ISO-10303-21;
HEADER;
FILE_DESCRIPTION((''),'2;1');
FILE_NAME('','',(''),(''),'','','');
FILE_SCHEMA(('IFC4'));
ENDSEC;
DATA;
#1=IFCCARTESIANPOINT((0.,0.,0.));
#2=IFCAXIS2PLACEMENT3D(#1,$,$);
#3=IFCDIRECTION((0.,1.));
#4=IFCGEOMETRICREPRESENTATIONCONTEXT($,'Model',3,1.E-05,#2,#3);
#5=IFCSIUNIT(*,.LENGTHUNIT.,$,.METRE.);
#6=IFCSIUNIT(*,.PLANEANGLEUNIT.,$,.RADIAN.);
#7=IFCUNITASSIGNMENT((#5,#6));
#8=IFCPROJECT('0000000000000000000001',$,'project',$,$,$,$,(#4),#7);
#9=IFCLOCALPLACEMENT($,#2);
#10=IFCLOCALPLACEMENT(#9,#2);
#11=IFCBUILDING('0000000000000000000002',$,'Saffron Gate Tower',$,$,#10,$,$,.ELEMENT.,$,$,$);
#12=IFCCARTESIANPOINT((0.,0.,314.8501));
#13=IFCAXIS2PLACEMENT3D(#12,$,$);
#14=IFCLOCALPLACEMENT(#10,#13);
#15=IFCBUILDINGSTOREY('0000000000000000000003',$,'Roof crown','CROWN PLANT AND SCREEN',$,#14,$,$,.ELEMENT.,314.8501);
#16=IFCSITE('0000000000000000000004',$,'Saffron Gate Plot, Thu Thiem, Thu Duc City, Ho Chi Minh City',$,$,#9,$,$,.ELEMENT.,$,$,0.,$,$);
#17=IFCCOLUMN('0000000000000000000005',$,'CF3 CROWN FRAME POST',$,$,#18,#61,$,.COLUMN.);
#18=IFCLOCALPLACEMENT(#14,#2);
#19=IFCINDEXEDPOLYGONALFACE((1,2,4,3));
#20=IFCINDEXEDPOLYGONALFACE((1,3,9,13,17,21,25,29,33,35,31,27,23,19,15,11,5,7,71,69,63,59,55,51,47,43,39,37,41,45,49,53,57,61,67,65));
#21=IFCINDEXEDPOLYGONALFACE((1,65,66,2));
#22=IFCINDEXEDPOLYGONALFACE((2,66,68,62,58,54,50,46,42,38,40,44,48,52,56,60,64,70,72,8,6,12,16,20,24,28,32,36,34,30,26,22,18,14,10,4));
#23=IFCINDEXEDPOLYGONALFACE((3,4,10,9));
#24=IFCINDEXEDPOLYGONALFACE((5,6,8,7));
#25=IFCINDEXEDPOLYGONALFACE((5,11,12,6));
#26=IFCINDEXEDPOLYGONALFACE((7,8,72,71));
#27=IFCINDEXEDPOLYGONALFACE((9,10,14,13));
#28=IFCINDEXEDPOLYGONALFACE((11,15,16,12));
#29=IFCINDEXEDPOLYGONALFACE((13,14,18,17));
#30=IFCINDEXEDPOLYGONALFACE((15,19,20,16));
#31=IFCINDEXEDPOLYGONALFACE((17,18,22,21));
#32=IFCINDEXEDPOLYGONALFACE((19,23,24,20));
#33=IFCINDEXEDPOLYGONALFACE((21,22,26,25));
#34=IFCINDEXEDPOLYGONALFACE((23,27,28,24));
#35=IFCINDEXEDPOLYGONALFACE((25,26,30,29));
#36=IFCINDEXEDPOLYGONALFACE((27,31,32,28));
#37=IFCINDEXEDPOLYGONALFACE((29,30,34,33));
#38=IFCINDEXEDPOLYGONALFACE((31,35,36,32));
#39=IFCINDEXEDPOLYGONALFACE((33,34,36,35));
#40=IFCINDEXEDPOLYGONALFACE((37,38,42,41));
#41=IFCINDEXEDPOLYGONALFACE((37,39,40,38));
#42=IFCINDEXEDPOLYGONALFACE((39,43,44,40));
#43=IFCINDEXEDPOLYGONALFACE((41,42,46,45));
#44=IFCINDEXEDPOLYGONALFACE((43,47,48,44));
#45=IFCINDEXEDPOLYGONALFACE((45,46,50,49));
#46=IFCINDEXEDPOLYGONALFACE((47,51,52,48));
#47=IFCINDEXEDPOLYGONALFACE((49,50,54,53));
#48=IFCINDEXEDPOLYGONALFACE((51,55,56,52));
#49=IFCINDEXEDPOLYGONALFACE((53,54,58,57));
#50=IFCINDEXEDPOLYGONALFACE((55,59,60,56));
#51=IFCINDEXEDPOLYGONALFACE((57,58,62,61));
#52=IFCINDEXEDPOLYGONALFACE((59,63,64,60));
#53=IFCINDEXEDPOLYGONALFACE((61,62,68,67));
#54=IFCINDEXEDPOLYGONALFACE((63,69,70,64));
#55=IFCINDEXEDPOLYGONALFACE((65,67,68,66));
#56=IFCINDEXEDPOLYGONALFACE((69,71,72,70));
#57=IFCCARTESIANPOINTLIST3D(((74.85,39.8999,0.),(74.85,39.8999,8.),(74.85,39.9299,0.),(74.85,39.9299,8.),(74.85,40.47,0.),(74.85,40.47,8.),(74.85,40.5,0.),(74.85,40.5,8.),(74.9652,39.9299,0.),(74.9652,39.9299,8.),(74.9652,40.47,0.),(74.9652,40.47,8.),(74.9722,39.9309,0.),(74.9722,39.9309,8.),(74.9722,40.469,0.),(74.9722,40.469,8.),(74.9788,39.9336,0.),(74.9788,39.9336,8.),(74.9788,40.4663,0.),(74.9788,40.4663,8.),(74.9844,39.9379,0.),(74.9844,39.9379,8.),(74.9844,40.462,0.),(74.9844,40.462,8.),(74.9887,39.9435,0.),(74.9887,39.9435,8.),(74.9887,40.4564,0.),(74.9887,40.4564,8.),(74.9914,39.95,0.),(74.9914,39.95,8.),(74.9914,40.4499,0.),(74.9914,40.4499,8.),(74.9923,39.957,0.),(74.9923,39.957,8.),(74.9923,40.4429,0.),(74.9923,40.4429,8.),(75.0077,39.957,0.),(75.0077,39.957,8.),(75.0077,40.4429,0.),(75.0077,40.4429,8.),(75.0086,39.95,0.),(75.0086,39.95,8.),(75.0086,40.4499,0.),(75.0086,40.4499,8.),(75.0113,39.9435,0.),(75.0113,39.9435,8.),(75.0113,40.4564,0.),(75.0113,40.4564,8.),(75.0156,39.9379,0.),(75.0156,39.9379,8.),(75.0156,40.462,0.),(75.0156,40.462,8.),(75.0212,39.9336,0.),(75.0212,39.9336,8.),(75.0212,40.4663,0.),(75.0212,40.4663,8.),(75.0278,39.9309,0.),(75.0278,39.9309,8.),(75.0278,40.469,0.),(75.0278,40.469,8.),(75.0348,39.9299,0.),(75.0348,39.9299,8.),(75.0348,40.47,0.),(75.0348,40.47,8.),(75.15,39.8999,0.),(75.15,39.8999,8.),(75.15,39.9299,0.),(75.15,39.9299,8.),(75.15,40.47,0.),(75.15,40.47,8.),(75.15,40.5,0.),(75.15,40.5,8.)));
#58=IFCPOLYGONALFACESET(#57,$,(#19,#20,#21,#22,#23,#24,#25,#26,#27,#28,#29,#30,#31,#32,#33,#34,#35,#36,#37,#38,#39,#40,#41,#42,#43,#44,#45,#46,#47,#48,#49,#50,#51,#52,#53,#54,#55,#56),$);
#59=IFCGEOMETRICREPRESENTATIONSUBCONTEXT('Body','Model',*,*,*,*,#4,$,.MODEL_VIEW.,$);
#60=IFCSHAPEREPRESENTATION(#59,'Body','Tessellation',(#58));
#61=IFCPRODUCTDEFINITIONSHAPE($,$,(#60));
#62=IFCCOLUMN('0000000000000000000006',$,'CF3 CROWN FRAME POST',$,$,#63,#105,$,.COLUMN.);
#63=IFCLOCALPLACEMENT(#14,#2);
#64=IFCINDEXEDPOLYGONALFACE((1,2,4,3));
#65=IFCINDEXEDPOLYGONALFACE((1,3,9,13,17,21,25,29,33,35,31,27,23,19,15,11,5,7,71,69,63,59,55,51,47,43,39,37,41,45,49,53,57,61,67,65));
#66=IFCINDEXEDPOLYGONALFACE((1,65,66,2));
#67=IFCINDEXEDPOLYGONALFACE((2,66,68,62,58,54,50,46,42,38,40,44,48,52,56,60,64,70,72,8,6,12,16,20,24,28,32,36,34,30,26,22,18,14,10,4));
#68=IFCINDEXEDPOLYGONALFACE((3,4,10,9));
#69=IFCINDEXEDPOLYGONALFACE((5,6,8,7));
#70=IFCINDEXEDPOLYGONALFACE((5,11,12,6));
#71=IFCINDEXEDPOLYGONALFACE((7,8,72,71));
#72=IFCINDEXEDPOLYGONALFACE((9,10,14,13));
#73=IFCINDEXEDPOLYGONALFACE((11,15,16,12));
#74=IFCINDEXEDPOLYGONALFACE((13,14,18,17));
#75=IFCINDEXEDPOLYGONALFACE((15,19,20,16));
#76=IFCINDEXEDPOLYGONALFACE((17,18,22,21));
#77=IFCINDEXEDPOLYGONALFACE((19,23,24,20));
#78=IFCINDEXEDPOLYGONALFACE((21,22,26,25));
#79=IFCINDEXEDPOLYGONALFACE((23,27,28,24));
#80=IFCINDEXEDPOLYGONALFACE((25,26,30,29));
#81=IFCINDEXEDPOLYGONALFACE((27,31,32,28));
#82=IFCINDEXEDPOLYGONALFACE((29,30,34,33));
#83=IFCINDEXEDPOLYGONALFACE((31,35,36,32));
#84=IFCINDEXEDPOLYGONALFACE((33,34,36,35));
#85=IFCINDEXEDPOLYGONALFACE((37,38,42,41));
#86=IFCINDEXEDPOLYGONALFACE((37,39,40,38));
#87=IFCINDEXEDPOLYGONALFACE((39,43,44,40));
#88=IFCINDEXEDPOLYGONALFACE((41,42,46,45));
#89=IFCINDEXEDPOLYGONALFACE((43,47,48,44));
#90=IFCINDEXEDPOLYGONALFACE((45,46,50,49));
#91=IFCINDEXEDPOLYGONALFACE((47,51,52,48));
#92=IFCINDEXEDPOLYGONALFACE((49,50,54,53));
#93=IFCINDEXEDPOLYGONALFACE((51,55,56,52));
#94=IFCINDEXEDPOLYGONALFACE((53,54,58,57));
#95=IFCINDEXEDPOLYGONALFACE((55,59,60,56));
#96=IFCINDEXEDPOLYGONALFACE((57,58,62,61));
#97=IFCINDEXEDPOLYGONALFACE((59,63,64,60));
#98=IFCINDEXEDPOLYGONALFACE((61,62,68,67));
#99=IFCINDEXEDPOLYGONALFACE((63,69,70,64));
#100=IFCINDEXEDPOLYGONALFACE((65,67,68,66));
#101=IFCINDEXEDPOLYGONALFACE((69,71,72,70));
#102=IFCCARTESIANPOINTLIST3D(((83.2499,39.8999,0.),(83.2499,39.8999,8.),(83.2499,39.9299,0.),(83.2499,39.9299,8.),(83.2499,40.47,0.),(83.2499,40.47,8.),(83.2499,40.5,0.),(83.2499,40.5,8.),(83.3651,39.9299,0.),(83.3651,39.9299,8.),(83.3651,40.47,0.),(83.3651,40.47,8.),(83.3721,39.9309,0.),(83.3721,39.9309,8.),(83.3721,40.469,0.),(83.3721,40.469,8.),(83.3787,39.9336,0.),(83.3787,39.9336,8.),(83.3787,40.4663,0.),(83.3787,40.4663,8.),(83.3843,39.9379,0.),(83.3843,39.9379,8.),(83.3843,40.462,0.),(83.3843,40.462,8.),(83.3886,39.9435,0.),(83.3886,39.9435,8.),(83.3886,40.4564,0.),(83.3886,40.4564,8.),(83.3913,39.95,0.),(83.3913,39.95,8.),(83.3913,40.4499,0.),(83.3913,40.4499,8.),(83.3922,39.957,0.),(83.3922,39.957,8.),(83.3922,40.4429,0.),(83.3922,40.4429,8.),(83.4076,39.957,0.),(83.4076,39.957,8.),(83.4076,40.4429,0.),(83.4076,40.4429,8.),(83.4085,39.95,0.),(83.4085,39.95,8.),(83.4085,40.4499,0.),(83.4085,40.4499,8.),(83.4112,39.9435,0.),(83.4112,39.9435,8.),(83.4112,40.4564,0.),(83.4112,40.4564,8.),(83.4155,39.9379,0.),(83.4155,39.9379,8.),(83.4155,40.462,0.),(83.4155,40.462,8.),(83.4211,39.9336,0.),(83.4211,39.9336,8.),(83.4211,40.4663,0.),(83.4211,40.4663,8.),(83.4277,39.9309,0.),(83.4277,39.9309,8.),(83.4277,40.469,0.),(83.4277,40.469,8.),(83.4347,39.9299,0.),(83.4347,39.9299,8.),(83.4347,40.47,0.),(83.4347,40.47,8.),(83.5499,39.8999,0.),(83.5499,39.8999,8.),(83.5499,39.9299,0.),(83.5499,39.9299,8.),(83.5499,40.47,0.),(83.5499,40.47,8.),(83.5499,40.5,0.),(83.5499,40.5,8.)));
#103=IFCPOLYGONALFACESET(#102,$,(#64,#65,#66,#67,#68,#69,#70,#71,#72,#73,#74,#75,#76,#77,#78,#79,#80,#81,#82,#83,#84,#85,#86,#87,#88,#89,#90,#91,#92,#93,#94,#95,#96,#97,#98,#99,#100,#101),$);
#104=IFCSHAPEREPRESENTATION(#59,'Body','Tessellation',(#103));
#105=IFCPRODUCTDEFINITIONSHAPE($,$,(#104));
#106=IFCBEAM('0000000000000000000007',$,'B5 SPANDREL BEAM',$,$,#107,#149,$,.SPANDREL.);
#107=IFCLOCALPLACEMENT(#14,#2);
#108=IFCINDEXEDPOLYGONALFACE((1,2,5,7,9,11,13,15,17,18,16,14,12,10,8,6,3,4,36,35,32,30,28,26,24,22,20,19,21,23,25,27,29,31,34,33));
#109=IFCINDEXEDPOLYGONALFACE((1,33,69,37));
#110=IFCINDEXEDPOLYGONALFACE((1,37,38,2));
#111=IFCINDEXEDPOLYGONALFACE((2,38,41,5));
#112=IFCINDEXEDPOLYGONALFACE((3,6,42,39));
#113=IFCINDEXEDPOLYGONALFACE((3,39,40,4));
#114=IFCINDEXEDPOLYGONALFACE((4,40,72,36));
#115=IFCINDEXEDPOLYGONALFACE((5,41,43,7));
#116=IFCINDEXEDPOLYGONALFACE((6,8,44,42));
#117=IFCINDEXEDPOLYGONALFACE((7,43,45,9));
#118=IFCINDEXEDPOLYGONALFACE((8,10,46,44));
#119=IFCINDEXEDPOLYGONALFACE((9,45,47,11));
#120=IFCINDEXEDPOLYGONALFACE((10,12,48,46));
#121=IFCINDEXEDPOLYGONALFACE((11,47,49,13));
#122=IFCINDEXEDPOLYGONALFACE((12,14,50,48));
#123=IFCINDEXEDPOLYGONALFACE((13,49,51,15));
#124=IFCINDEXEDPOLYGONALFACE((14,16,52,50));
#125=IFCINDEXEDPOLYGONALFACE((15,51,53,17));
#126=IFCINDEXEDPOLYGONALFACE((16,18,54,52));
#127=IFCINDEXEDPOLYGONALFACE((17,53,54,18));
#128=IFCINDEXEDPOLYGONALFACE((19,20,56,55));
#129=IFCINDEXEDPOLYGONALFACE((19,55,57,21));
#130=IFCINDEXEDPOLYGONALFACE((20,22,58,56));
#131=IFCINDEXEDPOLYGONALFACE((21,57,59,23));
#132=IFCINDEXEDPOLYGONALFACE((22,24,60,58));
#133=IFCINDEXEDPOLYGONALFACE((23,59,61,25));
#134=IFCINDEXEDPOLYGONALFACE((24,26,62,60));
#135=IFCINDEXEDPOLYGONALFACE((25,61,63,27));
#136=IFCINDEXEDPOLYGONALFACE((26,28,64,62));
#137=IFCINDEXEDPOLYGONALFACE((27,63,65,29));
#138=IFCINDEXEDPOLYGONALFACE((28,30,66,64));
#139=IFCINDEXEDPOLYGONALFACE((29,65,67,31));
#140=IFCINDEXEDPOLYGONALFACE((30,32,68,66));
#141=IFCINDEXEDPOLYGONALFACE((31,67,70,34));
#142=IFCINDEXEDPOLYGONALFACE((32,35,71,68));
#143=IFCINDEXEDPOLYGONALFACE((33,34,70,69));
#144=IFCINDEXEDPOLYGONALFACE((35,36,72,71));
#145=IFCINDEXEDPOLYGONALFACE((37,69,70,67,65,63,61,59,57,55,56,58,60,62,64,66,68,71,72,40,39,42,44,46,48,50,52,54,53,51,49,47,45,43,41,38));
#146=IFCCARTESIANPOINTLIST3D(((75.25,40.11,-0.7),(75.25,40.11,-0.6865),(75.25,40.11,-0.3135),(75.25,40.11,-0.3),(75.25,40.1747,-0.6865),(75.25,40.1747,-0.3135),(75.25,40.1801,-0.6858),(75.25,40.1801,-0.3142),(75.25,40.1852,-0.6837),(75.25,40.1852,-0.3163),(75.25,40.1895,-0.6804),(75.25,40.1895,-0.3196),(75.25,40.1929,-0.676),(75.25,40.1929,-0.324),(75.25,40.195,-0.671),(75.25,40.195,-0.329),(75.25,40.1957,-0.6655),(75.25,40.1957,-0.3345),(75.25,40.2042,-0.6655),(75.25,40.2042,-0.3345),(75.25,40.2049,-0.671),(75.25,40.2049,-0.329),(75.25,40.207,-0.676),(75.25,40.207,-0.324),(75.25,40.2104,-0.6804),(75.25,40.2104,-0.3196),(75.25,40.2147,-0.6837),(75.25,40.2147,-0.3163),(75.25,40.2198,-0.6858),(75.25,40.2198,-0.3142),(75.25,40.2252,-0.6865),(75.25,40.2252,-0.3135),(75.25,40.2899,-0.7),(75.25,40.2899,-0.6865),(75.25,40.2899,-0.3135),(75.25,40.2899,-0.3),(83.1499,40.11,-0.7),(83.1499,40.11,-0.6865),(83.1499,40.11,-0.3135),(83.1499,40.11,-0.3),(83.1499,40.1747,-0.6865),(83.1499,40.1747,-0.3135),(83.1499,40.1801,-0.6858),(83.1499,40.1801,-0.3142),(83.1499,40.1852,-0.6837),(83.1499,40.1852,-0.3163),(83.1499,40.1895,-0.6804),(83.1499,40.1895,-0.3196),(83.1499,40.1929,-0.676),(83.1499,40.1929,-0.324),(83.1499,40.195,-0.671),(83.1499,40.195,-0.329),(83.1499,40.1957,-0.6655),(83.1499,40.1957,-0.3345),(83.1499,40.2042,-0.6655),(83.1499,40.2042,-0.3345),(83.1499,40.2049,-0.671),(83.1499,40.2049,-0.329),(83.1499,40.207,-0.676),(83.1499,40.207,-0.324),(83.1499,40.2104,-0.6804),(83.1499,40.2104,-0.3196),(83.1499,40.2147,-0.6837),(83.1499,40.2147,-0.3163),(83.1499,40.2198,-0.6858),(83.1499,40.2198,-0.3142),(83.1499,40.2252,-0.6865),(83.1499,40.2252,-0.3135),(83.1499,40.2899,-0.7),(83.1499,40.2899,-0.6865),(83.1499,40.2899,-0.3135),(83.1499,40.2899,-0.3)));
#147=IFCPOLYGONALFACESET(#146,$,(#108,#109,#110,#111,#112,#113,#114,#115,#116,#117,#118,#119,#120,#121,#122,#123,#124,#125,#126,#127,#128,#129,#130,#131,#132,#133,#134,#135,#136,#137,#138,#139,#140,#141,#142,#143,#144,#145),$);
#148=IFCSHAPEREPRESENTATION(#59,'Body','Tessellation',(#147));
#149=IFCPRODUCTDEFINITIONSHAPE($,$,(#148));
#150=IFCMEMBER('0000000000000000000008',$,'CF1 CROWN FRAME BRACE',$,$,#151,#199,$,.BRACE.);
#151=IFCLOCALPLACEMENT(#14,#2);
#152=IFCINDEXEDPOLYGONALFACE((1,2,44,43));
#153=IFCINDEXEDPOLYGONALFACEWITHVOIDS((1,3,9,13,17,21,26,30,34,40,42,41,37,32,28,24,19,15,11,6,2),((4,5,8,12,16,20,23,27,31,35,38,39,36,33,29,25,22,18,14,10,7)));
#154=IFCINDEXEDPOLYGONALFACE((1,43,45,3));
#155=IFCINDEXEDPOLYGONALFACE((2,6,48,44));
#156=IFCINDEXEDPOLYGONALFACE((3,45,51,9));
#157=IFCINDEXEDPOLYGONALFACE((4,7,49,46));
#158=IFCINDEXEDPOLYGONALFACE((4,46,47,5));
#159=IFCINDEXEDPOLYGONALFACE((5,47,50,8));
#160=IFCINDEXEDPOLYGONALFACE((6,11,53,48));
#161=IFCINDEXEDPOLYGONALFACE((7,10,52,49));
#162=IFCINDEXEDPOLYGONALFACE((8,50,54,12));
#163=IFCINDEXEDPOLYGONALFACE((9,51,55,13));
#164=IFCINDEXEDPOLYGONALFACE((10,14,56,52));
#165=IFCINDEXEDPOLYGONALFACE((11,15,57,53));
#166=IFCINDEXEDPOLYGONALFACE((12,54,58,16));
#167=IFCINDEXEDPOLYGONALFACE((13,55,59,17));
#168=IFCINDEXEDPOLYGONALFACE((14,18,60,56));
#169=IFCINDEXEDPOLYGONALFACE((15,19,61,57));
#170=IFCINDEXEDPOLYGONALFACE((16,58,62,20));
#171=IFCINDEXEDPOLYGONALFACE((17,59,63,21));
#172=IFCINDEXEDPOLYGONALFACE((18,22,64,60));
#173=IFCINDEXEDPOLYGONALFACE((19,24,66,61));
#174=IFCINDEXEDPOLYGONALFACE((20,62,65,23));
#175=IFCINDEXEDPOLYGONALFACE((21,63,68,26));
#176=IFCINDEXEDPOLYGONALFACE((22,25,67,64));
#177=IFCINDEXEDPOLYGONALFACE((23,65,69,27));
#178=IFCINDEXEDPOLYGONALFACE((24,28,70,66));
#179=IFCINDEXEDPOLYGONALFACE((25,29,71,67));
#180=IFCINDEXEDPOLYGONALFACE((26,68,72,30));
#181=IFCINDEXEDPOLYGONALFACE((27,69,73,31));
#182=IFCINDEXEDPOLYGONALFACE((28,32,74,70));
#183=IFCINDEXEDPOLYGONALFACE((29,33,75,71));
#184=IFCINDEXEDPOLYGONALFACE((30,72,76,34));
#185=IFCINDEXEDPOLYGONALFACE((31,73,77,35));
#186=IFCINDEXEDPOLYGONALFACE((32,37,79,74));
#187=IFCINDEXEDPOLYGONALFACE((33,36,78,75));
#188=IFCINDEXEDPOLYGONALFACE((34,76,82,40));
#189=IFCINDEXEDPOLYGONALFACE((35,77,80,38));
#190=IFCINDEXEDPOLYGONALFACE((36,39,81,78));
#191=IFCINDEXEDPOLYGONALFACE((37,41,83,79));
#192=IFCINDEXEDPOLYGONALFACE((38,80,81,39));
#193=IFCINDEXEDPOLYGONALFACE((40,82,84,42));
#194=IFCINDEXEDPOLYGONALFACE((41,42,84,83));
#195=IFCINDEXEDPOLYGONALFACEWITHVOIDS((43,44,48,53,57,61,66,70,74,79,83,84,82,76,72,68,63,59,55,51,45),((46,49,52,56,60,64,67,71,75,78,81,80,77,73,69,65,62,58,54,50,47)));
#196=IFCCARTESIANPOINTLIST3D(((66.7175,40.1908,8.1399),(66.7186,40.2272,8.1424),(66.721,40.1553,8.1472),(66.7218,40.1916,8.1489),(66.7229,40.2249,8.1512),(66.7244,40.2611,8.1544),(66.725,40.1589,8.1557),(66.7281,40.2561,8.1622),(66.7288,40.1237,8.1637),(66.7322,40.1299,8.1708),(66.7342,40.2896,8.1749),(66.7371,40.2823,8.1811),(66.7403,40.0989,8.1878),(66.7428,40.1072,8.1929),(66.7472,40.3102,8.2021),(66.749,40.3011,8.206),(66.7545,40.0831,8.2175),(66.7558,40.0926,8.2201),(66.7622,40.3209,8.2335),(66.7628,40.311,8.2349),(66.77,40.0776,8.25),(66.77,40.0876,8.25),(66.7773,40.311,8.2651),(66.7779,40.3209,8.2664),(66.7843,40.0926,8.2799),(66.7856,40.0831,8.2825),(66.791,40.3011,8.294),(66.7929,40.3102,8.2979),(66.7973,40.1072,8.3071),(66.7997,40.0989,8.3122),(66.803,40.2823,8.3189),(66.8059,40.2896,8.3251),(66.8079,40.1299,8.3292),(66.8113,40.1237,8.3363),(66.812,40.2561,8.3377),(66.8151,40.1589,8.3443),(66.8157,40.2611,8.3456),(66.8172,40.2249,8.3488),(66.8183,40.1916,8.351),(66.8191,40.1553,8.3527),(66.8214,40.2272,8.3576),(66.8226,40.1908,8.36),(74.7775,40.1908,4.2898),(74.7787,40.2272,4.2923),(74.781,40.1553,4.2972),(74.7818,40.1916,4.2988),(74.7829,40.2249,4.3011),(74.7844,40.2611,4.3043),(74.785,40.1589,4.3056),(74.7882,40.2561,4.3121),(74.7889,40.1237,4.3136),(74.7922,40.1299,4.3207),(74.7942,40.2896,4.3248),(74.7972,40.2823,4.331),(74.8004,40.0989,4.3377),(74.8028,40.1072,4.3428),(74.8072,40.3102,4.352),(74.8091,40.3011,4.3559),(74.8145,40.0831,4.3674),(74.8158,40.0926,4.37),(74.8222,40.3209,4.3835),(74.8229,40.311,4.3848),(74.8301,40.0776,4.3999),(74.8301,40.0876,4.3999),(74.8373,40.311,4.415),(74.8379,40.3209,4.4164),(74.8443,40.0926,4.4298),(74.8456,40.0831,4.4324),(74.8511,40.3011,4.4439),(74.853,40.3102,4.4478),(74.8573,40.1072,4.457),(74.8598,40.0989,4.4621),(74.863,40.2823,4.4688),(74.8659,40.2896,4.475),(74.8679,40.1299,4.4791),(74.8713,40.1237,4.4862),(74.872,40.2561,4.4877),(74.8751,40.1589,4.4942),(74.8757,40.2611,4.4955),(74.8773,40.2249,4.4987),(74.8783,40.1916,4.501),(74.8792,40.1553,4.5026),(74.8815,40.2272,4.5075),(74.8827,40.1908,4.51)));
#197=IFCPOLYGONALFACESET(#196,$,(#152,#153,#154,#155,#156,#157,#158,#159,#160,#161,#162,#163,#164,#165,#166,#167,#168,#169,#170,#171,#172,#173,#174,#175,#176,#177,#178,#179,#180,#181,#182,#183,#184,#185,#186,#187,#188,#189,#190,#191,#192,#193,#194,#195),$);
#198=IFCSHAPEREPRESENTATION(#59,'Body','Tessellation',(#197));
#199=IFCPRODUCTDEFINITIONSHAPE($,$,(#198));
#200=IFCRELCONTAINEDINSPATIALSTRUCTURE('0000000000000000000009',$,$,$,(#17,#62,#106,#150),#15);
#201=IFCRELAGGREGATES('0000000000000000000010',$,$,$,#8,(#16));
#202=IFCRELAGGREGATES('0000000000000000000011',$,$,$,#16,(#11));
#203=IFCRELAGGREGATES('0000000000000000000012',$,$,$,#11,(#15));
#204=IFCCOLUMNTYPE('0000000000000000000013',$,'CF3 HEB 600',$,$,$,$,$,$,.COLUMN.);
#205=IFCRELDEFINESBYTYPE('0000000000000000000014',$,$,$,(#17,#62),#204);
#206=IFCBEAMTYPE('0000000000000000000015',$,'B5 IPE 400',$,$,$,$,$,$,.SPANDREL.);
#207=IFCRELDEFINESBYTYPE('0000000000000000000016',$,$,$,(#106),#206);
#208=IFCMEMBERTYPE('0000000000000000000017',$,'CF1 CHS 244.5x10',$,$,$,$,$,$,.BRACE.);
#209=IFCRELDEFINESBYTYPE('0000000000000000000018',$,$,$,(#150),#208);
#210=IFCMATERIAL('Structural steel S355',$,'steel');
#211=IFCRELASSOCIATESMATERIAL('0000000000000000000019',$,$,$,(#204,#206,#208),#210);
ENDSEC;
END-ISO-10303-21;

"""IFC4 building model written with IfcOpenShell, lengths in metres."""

from ifc_helpers import new_model, si_unit, direction, frame, origin, origin_2d, place, context, subcontext, project, spatial, hollow_circle, i_section, extrude, material, material_profile, profile_set, type_object, element, save


model = new_model("IFC4")

# Units and contexts
model_context = context("Model", 3, precision=1e-05, world=origin(), true_north=direction((0.0, 1.0)))
body_context = subcontext(model_context, "Body", "Model", "MODEL_VIEW")
ifc_project = project(units=[si_unit("LENGTHUNIT", "METRE"), si_unit("PLANEANGLEUNIT", "RADIAN")], contexts=[model_context])

# Site, building, storey
site_placement = place(None, origin())
site = spatial("IfcSite", under=ifc_project, at=site_placement, Name="Saffron Gate Plot, Thu Thiem, Thu Duc City, Ho Chi Minh City", CompositionType="ELEMENT", RefElevation=0.0)
building_placement = place(site_placement, origin())
building = spatial("IfcBuilding", under=site, at=building_placement, Name="Saffron Gate Tower", CompositionType="ELEMENT")
storey_placement = place(building_placement, frame((0.0, 0.0, 314.8501)))
storey = spatial("IfcBuildingStorey", under=building, at=storey_placement, Name="Roof crown", Description="CROWN PLANT AND SCREEN", CompositionType="ELEMENT", Elevation=314.8501)

# Columns
ifc_material_1 = material(Name="Structural steel S355", Category="steel")
ifc_material_profile_1 = material_profile(ifc_material_1, i_section(OverallWidth=0.3, OverallDepth=0.6001, WebThickness=0.0154, FlangeThickness=0.03, FilletRadius=0.0271, at=origin_2d()))
ifc_profile_set_1 = profile_set([ifc_material_profile_1], Name="Structural steel S355")
column_type = type_object("IfcColumnType", Name="CF3 HEB 600", PredefinedType="COLUMN", material=ifc_profile_set_1)
for number, where, z_axis, x_axis, name in (
    (1, (75.0, 40.2, 0.0), (0.0, 0.0, 1.0), (1.0, 0.0, 0.0), "CF3 CROWN FRAME POST"),
    (2, (83.3999, 40.2, 0.0), (0.0, 0.0, 1.0), (1.0, 0.0, 0.0), "CF3 CROWN FRAME POST"),
):
    element("IfcColumn", number, at=place(storey_placement, frame(where, z_axis=z_axis, x_axis=x_axis)), inside=storey, type_object=column_type, Name=name, PredefinedType="COLUMN", context=body_context, shape_type="SweptSolid", body=[
        extrude(i_section(OverallWidth=0.3, OverallDepth=0.6001, WebThickness=0.0154, FlangeThickness=0.03, FilletRadius=0.0271, at=origin_2d()), origin(), (0.0, 0.0, 1.0), 8.0),
    ])

# Beam
ifc_material_profile_2 = material_profile(ifc_material_1, i_section(OverallWidth=0.1799, OverallDepth=0.3999, WebThickness=0.0085, FlangeThickness=0.0134, FilletRadius=0.021, at=origin_2d()))
ifc_profile_set_2 = profile_set([ifc_material_profile_2], Name="Structural steel S355")
beam_type_1 = type_object("IfcBeamType", Name="B5 IPE 400", PredefinedType="SPANDREL", material=ifc_profile_set_2)
beam_1_placement = place(storey_placement, frame((75.25, 40.2, -0.5), z_axis=(1.0, 0.0, 0.0), x_axis=(0.0, 1.0, 0.0)))
element("IfcBeam", 3, at=beam_1_placement, inside=storey, type_object=beam_type_1, Name="B5 SPANDREL BEAM", PredefinedType="SPANDREL", context=body_context, shape_type="SweptSolid", body=[
    extrude(i_section(OverallWidth=0.1799, OverallDepth=0.3999, WebThickness=0.0085, FlangeThickness=0.0134, FilletRadius=0.021, at=origin_2d()), origin(), (0.0, 0.0, 1.0), 7.8999),
])

# Member
ifc_material_profile_3 = material_profile(ifc_material_1, hollow_circle(Radius=0.1223, WallThickness=0.01, at=origin_2d()))
ifc_profile_set_3 = profile_set([ifc_material_profile_3], Name="Structural steel S355")
member_type_1 = type_object("IfcMemberType", Name="CF1 CHS 244.5x10", PredefinedType="BRACE", material=ifc_profile_set_3)
for number, where, z_axis, x_axis, name in (
    (4, (74.8301, 40.2, 4.3999), (-0.902339, 0.0, 0.431026), (0.0, -1.0, 0.0), "CF1 CROWN FRAME BRACE"),
):
    element("IfcMember", number, at=place(storey_placement, frame(where, z_axis=z_axis, x_axis=x_axis)), inside=storey, type_object=member_type_1, Name=name, PredefinedType="BRACE", context=body_context, shape_type="SweptSolid", body=[
        extrude(hollow_circle(Radius=0.1223, WallThickness=0.01, at=origin_2d()), origin(), (0.0, 0.0, 1.0), 8.9324),
    ])

save(model, "model.ifc")
